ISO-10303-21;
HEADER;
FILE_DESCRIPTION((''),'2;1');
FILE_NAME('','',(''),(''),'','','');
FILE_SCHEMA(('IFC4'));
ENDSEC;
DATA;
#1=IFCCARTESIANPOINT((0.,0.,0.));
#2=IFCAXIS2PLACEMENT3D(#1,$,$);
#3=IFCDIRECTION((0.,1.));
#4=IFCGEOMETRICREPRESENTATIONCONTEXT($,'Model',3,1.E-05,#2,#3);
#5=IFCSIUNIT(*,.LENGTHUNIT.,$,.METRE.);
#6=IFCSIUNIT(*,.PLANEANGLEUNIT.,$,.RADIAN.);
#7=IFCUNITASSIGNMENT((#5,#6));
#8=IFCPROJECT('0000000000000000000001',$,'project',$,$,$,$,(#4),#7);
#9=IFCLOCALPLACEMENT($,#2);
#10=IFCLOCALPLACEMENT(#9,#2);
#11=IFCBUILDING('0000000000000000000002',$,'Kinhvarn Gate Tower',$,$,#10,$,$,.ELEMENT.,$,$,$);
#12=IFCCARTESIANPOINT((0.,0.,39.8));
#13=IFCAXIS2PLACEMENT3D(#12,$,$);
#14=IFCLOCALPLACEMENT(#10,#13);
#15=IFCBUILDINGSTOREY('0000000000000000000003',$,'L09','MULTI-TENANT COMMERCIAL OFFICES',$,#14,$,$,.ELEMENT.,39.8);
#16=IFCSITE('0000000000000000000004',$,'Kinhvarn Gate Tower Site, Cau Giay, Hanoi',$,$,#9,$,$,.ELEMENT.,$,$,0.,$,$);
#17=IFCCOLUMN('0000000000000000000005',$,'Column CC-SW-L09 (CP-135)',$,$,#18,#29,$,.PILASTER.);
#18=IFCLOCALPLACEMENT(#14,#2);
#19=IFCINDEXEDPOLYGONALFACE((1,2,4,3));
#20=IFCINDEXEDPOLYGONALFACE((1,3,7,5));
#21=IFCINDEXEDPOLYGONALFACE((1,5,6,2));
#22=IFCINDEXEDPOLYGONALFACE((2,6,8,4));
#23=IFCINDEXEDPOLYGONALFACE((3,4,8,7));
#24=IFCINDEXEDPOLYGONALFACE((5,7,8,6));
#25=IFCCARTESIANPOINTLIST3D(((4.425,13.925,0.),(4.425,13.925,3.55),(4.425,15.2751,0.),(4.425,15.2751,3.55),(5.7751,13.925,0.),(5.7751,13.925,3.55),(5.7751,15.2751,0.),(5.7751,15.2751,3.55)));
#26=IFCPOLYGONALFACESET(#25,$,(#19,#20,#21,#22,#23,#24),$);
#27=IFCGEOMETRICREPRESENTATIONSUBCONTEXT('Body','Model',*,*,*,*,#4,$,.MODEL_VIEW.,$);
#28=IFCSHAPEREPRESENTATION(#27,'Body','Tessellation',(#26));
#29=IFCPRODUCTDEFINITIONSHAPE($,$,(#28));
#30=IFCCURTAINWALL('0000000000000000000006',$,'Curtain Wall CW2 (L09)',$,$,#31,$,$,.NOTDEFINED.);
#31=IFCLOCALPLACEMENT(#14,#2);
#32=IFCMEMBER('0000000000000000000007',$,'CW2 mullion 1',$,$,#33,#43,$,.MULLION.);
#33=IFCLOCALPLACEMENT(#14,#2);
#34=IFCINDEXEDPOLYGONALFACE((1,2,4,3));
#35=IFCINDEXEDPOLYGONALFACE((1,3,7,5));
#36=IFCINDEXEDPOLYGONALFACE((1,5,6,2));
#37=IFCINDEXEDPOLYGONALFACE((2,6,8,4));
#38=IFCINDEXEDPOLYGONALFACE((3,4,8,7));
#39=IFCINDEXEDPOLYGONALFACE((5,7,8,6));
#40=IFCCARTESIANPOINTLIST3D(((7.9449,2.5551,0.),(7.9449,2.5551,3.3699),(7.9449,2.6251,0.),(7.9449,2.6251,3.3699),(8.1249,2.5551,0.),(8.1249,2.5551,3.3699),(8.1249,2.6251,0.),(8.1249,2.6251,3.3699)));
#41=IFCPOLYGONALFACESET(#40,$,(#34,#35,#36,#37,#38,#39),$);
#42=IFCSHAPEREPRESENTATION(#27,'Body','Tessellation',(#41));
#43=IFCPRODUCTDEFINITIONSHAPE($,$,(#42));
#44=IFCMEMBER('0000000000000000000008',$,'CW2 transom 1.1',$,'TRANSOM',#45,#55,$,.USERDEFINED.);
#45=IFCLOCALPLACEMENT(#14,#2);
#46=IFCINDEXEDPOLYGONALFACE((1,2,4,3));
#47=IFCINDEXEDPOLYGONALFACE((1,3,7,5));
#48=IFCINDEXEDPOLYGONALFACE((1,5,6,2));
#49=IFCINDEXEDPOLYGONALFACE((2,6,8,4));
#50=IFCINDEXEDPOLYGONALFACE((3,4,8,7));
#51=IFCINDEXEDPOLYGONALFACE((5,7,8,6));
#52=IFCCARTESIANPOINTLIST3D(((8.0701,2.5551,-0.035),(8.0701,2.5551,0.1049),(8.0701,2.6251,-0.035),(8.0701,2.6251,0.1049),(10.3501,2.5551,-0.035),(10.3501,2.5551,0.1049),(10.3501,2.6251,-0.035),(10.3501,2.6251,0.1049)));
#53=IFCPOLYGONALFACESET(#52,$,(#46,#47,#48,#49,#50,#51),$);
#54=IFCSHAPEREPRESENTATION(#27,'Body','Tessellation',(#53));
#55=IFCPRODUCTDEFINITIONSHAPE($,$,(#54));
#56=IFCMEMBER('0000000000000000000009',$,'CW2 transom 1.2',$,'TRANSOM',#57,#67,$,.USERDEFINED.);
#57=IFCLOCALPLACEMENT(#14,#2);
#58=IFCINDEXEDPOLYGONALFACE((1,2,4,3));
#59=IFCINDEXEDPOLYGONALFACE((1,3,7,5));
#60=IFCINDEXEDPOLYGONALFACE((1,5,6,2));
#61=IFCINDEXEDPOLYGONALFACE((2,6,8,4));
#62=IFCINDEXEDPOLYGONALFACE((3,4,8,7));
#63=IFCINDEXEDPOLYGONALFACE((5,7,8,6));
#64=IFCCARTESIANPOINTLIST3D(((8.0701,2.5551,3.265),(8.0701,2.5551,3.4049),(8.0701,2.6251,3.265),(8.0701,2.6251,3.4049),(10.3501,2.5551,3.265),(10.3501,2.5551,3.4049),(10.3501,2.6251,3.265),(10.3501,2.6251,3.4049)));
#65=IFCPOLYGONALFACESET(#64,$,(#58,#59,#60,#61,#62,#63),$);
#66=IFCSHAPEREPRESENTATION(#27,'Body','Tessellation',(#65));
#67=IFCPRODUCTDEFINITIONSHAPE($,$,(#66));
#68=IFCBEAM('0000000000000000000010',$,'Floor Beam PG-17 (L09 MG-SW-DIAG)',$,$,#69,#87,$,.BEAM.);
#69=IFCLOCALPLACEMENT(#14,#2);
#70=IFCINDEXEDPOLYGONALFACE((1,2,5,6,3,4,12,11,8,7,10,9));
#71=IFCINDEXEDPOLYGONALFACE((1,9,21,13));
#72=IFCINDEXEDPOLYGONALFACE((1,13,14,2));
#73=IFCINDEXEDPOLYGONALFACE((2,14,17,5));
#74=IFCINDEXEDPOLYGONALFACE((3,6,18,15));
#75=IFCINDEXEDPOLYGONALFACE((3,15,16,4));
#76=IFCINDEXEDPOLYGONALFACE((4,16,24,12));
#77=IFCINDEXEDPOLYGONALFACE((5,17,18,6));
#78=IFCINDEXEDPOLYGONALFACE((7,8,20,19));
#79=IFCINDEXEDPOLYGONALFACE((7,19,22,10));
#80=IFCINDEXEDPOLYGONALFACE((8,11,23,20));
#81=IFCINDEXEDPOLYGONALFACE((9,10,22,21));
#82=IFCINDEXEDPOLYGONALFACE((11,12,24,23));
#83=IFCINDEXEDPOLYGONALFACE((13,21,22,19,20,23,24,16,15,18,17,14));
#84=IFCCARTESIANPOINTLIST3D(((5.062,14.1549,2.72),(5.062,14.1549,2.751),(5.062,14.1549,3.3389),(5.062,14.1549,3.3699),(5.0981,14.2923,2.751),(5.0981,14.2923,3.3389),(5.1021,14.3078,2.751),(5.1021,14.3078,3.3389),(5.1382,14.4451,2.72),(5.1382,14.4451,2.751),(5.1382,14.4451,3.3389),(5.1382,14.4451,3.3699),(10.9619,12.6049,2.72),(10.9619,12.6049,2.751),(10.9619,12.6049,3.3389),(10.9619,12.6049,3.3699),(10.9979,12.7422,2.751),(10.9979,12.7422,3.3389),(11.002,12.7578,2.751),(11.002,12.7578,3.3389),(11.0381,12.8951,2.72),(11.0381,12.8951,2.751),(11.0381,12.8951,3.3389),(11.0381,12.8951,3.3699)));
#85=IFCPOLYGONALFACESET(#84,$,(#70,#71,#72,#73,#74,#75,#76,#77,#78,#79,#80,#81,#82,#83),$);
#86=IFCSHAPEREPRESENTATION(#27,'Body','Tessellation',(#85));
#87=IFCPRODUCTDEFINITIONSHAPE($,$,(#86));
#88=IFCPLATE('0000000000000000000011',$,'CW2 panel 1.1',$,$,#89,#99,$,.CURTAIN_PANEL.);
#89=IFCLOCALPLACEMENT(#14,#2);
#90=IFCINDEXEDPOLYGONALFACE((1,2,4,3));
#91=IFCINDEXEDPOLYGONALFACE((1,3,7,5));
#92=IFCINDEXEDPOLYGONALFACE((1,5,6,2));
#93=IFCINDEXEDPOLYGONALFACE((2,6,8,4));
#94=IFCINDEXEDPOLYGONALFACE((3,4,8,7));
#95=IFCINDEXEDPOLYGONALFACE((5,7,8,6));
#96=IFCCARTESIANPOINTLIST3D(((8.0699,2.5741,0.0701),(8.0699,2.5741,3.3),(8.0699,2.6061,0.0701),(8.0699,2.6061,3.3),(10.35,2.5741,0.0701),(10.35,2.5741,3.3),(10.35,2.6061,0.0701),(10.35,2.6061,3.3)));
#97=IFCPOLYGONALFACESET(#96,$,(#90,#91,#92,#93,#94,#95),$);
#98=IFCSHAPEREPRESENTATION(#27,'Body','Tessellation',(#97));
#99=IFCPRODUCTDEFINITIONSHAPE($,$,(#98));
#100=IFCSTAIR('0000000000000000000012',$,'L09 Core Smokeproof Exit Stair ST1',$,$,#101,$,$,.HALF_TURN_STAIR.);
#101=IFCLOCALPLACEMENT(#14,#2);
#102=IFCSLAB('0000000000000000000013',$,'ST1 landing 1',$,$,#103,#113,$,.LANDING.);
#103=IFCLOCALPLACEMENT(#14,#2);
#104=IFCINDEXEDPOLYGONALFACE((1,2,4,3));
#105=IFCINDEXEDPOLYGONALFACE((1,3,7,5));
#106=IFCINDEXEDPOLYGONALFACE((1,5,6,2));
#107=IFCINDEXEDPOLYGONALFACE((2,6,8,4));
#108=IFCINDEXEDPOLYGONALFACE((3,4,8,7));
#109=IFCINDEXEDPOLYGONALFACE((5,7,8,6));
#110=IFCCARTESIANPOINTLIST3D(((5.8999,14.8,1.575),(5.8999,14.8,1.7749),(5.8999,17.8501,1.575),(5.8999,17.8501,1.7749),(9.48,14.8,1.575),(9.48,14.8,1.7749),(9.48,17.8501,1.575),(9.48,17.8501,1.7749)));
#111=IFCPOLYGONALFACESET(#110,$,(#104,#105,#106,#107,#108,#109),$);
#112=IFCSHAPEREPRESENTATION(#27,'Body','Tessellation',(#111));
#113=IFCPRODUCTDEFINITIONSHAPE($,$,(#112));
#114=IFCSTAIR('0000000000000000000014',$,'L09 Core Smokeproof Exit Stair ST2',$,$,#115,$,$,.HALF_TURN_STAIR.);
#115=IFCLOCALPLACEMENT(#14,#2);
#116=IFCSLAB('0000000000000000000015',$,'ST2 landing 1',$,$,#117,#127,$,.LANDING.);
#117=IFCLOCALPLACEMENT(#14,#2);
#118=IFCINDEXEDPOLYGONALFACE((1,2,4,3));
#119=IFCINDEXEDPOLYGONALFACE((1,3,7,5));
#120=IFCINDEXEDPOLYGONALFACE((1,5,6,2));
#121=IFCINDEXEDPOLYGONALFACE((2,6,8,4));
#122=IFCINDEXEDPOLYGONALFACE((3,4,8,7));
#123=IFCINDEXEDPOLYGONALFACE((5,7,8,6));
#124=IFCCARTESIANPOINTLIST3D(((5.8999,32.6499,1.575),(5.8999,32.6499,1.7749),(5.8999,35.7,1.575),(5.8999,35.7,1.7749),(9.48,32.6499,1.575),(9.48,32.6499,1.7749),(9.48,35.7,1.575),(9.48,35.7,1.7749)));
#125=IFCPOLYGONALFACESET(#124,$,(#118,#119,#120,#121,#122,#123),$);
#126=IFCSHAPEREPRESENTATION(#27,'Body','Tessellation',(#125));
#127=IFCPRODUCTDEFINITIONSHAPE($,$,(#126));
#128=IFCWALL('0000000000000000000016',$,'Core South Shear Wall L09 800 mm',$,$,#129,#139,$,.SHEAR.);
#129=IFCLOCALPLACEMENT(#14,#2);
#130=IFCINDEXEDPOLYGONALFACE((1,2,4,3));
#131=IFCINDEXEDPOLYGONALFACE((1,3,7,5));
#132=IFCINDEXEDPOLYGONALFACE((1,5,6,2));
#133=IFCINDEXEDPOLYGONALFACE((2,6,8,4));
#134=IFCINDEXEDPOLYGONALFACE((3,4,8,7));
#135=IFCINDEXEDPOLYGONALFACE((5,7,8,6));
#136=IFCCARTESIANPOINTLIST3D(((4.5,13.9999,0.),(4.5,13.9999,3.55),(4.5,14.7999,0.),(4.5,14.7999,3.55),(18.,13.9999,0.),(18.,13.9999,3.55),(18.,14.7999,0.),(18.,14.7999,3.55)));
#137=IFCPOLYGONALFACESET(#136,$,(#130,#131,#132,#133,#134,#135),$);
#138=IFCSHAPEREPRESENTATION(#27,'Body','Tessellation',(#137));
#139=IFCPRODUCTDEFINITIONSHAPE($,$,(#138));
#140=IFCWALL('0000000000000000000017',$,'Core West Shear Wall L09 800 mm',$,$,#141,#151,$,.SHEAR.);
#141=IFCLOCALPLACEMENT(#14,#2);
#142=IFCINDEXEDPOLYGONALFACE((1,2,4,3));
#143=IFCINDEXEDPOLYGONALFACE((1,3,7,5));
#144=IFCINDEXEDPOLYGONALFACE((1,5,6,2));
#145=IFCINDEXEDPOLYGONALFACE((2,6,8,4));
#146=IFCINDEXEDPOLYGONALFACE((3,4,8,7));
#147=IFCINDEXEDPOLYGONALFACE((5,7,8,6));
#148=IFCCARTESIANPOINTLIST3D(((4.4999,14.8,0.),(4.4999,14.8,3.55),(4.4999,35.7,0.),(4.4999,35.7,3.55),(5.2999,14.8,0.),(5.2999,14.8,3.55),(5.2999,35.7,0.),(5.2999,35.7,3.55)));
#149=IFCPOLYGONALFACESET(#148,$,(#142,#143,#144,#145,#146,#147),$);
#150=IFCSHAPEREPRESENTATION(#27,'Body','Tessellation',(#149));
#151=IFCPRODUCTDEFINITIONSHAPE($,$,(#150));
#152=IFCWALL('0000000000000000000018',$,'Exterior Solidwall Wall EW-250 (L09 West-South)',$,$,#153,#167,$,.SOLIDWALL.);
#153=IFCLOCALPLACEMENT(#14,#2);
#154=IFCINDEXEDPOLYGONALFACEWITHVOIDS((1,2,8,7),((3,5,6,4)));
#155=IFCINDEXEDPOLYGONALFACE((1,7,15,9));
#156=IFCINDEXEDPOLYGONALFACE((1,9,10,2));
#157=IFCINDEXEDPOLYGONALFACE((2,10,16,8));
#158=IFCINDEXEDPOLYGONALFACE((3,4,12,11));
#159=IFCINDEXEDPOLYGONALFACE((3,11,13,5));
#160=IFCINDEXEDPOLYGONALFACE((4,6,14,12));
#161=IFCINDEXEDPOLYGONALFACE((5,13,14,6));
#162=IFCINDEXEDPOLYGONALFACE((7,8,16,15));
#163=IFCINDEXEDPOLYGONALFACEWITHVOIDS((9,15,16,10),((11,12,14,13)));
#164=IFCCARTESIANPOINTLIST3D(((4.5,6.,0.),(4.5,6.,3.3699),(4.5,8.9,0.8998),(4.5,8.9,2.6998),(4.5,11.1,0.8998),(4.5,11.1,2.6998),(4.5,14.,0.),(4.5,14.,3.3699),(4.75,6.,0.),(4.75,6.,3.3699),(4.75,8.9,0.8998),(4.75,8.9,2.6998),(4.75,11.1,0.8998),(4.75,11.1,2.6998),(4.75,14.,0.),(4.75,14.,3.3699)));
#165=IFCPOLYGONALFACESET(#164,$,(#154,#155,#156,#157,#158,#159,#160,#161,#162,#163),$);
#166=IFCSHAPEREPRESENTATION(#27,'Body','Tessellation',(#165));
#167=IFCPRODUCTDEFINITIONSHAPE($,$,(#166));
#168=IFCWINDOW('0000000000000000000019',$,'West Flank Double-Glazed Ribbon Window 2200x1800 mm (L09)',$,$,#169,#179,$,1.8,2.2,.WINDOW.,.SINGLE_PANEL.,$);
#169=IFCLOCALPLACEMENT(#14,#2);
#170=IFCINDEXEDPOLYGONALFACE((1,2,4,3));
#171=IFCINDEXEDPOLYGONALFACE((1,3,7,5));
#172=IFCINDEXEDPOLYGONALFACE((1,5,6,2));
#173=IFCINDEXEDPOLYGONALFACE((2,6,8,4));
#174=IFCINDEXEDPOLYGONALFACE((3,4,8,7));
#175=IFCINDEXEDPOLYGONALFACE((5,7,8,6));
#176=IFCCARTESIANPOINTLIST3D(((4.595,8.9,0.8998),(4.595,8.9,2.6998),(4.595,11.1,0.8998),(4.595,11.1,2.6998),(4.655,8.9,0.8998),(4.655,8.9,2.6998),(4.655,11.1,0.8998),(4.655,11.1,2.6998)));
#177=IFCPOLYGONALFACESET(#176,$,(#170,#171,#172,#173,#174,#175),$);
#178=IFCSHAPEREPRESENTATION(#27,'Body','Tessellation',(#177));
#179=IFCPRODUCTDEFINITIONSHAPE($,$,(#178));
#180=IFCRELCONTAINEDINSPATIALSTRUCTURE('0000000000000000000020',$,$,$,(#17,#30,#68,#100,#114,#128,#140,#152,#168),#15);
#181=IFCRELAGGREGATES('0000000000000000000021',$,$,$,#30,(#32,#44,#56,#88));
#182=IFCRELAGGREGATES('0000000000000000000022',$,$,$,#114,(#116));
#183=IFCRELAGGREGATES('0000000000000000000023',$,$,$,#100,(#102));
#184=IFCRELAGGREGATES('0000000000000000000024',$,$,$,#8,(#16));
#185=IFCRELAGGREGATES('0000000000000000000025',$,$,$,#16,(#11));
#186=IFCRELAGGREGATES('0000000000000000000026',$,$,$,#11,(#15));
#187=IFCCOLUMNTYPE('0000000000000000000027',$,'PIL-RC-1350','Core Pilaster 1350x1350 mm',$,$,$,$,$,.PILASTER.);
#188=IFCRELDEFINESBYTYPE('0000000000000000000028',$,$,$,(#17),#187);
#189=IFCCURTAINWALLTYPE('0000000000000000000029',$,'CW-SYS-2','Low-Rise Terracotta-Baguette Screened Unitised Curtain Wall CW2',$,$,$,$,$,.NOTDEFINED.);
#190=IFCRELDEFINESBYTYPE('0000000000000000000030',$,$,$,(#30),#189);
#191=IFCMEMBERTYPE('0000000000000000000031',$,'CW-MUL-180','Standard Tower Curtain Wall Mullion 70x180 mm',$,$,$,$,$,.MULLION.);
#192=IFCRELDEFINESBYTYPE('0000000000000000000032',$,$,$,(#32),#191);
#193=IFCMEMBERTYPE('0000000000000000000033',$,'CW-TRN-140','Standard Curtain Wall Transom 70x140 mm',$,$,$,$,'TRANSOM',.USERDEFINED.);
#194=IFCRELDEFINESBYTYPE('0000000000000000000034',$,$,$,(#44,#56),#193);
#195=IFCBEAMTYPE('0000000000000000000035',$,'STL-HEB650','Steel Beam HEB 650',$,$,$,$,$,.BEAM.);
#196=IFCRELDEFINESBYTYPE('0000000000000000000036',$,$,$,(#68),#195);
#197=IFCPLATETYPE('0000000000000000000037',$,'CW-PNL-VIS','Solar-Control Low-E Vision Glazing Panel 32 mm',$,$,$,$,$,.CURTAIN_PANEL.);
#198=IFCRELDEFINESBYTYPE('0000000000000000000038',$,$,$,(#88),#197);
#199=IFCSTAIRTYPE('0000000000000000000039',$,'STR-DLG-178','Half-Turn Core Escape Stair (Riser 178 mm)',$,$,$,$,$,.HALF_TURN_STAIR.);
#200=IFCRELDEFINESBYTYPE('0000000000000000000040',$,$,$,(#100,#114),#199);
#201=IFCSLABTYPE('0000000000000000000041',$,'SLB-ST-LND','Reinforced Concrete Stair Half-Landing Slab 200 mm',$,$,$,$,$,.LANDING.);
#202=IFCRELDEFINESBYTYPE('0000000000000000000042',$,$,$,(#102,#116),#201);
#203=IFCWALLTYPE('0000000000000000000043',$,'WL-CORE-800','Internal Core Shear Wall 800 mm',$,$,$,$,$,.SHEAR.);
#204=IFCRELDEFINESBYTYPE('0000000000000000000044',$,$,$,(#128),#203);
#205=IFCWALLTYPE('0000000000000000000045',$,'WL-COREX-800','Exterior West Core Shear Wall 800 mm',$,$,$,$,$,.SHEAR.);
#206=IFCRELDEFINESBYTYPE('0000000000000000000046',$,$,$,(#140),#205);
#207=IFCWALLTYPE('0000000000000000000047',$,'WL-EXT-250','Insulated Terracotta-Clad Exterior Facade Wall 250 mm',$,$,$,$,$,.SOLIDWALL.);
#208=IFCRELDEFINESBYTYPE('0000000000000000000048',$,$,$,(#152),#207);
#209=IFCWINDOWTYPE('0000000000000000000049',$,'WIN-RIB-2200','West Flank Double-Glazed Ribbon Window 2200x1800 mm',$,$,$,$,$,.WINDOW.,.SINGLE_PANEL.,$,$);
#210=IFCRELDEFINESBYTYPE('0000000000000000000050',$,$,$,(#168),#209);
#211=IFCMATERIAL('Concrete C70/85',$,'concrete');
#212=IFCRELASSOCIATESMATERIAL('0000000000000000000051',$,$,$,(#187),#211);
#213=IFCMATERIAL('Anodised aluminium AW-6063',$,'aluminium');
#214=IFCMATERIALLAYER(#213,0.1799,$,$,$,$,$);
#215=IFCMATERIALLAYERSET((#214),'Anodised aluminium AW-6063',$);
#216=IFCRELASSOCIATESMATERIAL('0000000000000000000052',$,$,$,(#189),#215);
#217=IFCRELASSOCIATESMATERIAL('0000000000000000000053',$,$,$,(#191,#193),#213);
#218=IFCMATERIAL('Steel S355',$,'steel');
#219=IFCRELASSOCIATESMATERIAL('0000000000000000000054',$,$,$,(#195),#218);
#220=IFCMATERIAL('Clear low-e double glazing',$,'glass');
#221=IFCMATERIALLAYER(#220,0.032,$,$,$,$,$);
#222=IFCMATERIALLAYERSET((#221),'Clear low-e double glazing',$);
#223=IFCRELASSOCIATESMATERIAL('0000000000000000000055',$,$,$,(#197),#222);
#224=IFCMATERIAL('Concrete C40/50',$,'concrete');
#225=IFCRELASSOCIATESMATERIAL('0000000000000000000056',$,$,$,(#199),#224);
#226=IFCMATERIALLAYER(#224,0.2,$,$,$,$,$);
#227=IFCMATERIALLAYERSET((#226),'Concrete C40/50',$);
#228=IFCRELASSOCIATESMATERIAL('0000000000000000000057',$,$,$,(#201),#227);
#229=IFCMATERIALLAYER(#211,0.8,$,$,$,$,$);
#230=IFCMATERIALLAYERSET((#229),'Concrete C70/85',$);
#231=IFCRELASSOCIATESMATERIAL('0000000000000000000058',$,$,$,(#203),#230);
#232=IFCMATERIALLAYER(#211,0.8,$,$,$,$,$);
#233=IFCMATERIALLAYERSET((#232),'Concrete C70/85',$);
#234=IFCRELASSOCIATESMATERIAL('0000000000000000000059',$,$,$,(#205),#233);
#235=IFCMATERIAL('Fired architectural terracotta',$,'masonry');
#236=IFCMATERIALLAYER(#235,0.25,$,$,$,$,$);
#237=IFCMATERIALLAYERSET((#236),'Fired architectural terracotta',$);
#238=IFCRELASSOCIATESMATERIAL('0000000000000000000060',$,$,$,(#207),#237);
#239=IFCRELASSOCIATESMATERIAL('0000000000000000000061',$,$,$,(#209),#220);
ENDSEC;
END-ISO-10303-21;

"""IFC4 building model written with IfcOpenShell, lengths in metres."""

from ifc_helpers import new_model, si_unit, direction, frame, frame_2d, origin, origin_2d, place, context, subcontext, project, spatial, polyline, rectangle, i_section, outline, extrude, material, layer, layer_set, material_profile, profile_set, type_object, element, fill, aggregate, save


model = new_model("IFC4")

# Units and contexts
model_context = context("Model", 3, precision=1e-05, world=origin(), true_north=direction((0.0, 1.0)))
body_context = subcontext(model_context, "Body", "Model", "MODEL_VIEW")
ifc_project = project(units=[si_unit("LENGTHUNIT", "METRE"), si_unit("PLANEANGLEUNIT", "RADIAN")], contexts=[model_context])

# Site, building, storey
site_placement = place(None, origin())
site = spatial("IfcSite", under=ifc_project, at=site_placement, Name="Kinhvarn Gate Tower Site, Cau Giay, Hanoi", CompositionType="ELEMENT", RefElevation=0.0)
building_placement = place(site_placement, origin())
building = spatial("IfcBuilding", under=site, at=building_placement, Name="Kinhvarn Gate Tower", CompositionType="ELEMENT")
storey_placement = place(building_placement, frame((0.0, 0.0, 39.8)))
storey = spatial("IfcBuildingStorey", under=building, at=storey_placement, Name="L09", Description="MULTI-TENANT COMMERCIAL OFFICES", CompositionType="ELEMENT", Elevation=39.8)

# Column
ifc_material_1 = material(Name="Concrete C70/85", Category="concrete")
ifc_material_profile_1 = material_profile(ifc_material_1, rectangle(XDim=1.3501, YDim=1.3501, at=origin_2d()), Name="RC 1350x1350")
ifc_profile_set_1 = profile_set([ifc_material_profile_1], Name="Concrete C70/85")
column_type = type_object("IfcColumnType", Name="PIL-RC-1350", Description="Core Pilaster 1350x1350 mm", PredefinedType="PILASTER", material=ifc_profile_set_1)
column_placement = place(storey_placement, frame((5.1001, 14.6001, 0.0), z_axis=(0.0, 0.0, 1.0), x_axis=(1.0, 0.0, 0.0)))
element("IfcColumn", 1, at=column_placement, inside=storey, type_object=column_type, Name="Column CC-SW-L09 (CP-135)", PredefinedType="PILASTER", context=body_context, shape_type="SweptSolid", body=[
    extrude(rectangle(XDim=1.3501, YDim=1.3501, at=origin_2d()), origin(), (0.0, 0.0, 1.0), 3.55),
])

# Curtain wall, members
ifc_material_2 = material(Name="Anodised aluminium AW-6063", Category="aluminium")
ifc_layer_1 = layer(ifc_material_2, 0.1799)
ifc_layer_set_1 = layer_set([ifc_layer_1], Name="Anodised aluminium AW-6063")
curtain_wall_type = type_object("IfcCurtainWallType", Name="CW-SYS-2", Description="Low-Rise Terracotta-Baguette Screened Unitised Curtain Wall CW2", PredefinedType="NOTDEFINED", material=ifc_layer_set_1)
curtain_wall_placement = place(storey_placement, origin())
curtain_wall = element("IfcCurtainWall", 2, at=curtain_wall_placement, inside=storey, type_object=curtain_wall_type, Name="Curtain Wall CW2 (L09)", PredefinedType="NOTDEFINED")
ifc_material_profile_2 = material_profile(ifc_material_2, rectangle(XDim=0.0701, YDim=0.1799, at=origin_2d()), Name="ALU 70x180")
ifc_profile_set_2 = profile_set([ifc_material_profile_2], Name="Anodised aluminium AW-6063")
member_type_1 = type_object("IfcMemberType", Name="CW-MUL-180", Description="Standard Tower Curtain Wall Mullion 70x180 mm", PredefinedType="MULLION", material=ifc_profile_set_2)
member_1_placement = place(storey_placement, frame((8.0349, 2.5901, 0.0), z_axis=(0.0, 0.0, 1.0), x_axis=(0.0, 1.0, 0.0)))
member_1 = element("IfcMember", 3, at=member_1_placement, type_object=member_type_1, Name="CW2 mullion 1", PredefinedType="MULLION", context=body_context, shape_type="SweptSolid", body=[
    extrude(rectangle(XDim=0.0701, YDim=0.1799, at=origin_2d()), origin(), (0.0, 0.0, 1.0), 3.3699),
])
ifc_material_profile_3 = material_profile(ifc_material_2, rectangle(XDim=0.0701, YDim=0.1399, at=origin_2d()), Name="ALU 70x140")
ifc_profile_set_3 = profile_set([ifc_material_profile_3], Name="Anodised aluminium AW-6063")
member_type_2 = type_object("IfcMemberType", Name="CW-TRN-140", Description="Standard Curtain Wall Transom 70x140 mm", ElementType="TRANSOM", PredefinedType="USERDEFINED", material=ifc_profile_set_3)
member_2_placement = place(storey_placement, frame((8.0701, 2.5901, 0.0349), z_axis=(1.0, 0.0, 0.0), x_axis=(0.0, 1.0, 0.0)))
member_2 = element("IfcMember", 4, at=member_2_placement, type_object=member_type_2, Name="CW2 transom 1.1", ObjectType="TRANSOM", PredefinedType="USERDEFINED", context=body_context, shape_type="SweptSolid", body=[
    extrude(rectangle(XDim=0.0701, YDim=0.1399, at=origin_2d()), origin(), (0.0, 0.0, 1.0), 2.28),
])
member_3_placement = place(storey_placement, frame((8.0701, 2.5901, 3.335), z_axis=(1.0, 0.0, 0.0), x_axis=(0.0, 1.0, 0.0)))
member_3 = element("IfcMember", 5, at=member_3_placement, type_object=member_type_2, Name="CW2 transom 1.2", ObjectType="TRANSOM", PredefinedType="USERDEFINED", context=body_context, shape_type="SweptSolid", body=[
    extrude(rectangle(XDim=0.0701, YDim=0.1399, at=origin_2d()), origin(), (0.0, 0.0, 1.0), 2.28),
])

# Beam
ifc_material_3 = material(Name="Steel S355", Category="steel")
ifc_material_profile_4 = material_profile(ifc_material_3, i_section(OverallWidth=0.3, OverallDepth=0.6499, WebThickness=0.0161, FlangeThickness=0.031, at=origin_2d()), Name="HEB 650")
ifc_profile_set_4 = profile_set([ifc_material_profile_4], Name="Steel S355")
beam_type = type_object("IfcBeamType", Name="STL-HEB650", Description="Steel Beam HEB 650", PredefinedType="BEAM", material=ifc_profile_set_4)
beam_placement = place(storey_placement, frame((5.1001, 14.3, 3.0449), z_axis=(0.967178, -0.254101, 0.0), x_axis=(0.254101, 0.967178, 0.0)))
element("IfcBeam", 6, at=beam_placement, inside=storey, type_object=beam_type, Name="Floor Beam PG-17 (L09 MG-SW-DIAG)", PredefinedType="BEAM", context=body_context, shape_type="SweptSolid", body=[
    extrude(i_section(OverallWidth=0.3, OverallDepth=0.6499, WebThickness=0.0161, FlangeThickness=0.031, at=origin_2d()), origin(), (0.0, 0.0, 1.0), 6.1001),
])

# Plate
ifc_material_4 = material(Name="Clear low-e double glazing", Category="glass")
ifc_layer_2 = layer(ifc_material_4, 0.032)
ifc_layer_set_2 = layer_set([ifc_layer_2], Name="Clear low-e double glazing")
plate_type = type_object("IfcPlateType", Name="CW-PNL-VIS", Description="Solar-Control Low-E Vision Glazing Panel 32 mm", PredefinedType="CURTAIN_PANEL", material=ifc_layer_set_2)
plate_placement = place(storey_placement, frame((9.21, 2.5901, 0.0701), z_axis=(0.0, 0.0, 1.0), x_axis=(1.0, 0.0, 0.0)))
plate = element("IfcPlate", 7, at=plate_placement, type_object=plate_type, Name="CW2 panel 1.1", PredefinedType="CURTAIN_PANEL", context=body_context, shape_type="SweptSolid", body=[
    extrude(rectangle(XDim=2.28, YDim=0.032, at=origin_2d()), origin(), (0.0, 0.0, 1.0), 3.23),
])
aggregate(curtain_wall, [member_1, member_2, member_3, plate])

# Stairs, slabs
ifc_material_5 = material(Name="Concrete C40/50", Category="concrete")
stair_type = type_object("IfcStairType", Name="STR-DLG-178", Description="Half-Turn Core Escape Stair (Riser 178 mm)", PredefinedType="HALF_TURN_STAIR", material=ifc_material_5)
stair_1_placement = place(storey_placement, origin())
stair_1 = element("IfcStair", 8, at=stair_1_placement, inside=storey, type_object=stair_type, Name="L09 Core Smokeproof Exit Stair ST1", PredefinedType="HALF_TURN_STAIR")
ifc_layer_3 = layer(ifc_material_5, 0.2)
ifc_layer_set_3 = layer_set([ifc_layer_3], Name="Concrete C40/50")
slab_type = type_object("IfcSlabType", Name="SLB-ST-LND", Description="Reinforced Concrete Stair Half-Landing Slab 200 mm", PredefinedType="LANDING", material=ifc_layer_set_3)
slab_1_placement = place(storey_placement, frame((0.0, 0.0, 1.575)))
slab_1 = element("IfcSlab", 9, at=slab_1_placement, type_object=slab_type, Name="ST1 landing 1", PredefinedType="LANDING", context=body_context, shape_type="SweptSolid", body=[
    extrude(outline(polyline([(9.48, 17.8501), (5.8999, 17.8501), (5.8999, 14.8), (9.48, 14.8), (9.48, 17.8501)])), origin(), (0.0, 0.0, 1.0), 0.2),
])
stair_2_placement = place(storey_placement, origin())
stair_2 = element("IfcStair", 10, at=stair_2_placement, inside=storey, type_object=stair_type, Name="L09 Core Smokeproof Exit Stair ST2", PredefinedType="HALF_TURN_STAIR")
slab_2_placement = place(storey_placement, frame((0.0, 0.0, 1.575)))
slab_2 = element("IfcSlab", 11, at=slab_2_placement, type_object=slab_type, Name="ST2 landing 1", PredefinedType="LANDING", context=body_context, shape_type="SweptSolid", body=[
    extrude(outline(polyline([(9.48, 35.7), (5.8999, 35.7), (5.8999, 32.6499), (9.48, 32.6499), (9.48, 35.7)])), origin(), (0.0, 0.0, 1.0), 0.2),
])
aggregate(stair_2, [slab_2])

# Walls
ifc_layer_4 = layer(ifc_material_1, 0.8)
ifc_layer_set_4 = layer_set([ifc_layer_4], Name="Concrete C70/85")
wall_type_1 = type_object("IfcWallType", Name="WL-CORE-800", Description="Internal Core Shear Wall 800 mm", PredefinedType="SHEAR", material=ifc_layer_set_4)
wall_1_placement = place(storey_placement, frame((4.5, 14.3999, 0.0), z_axis=(0.0, 0.0, 1.0), x_axis=(1.0, 0.0, 0.0)))
element("IfcWall", 12, at=wall_1_placement, inside=storey, type_object=wall_type_1, Name="Core South Shear Wall L09 800 mm", PredefinedType="SHEAR", context=body_context, shape_type="SweptSolid", body=[
    extrude(rectangle(XDim=13.5, YDim=0.8, at=frame_2d((6.75, 0.0))), origin(), (0.0, 0.0, 1.0), 3.55),
])
ifc_layer_5 = layer(ifc_material_1, 0.8)
ifc_layer_set_5 = layer_set([ifc_layer_5], Name="Concrete C70/85")
wall_type_2 = type_object("IfcWallType", Name="WL-COREX-800", Description="Exterior West Core Shear Wall 800 mm", PredefinedType="SHEAR", material=ifc_layer_set_5)
wall_2_placement = place(storey_placement, frame((4.8999, 14.8, 0.0), z_axis=(0.0, 0.0, 1.0), x_axis=(0.0, 1.0, 0.0)))
element("IfcWall", 13, at=wall_2_placement, inside=storey, type_object=wall_type_2, Name="Core West Shear Wall L09 800 mm", PredefinedType="SHEAR", context=body_context, shape_type="SweptSolid", body=[
    extrude(rectangle(XDim=20.8999, YDim=0.8, at=frame_2d((10.45, 0.0))), origin(), (0.0, 0.0, 1.0), 3.55),
])

# Wall, opening, window
ifc_material_6 = material(Name="Fired architectural terracotta", Category="masonry")
ifc_layer_6 = layer(ifc_material_6, 0.25)
ifc_layer_set_6 = layer_set([ifc_layer_6], Name="Fired architectural terracotta")
wall_type_3 = type_object("IfcWallType", Name="WL-EXT-250", Description="Insulated Terracotta-Clad Exterior Facade Wall 250 mm", PredefinedType="SOLIDWALL", material=ifc_layer_set_6)
wall_3_placement = place(storey_placement, frame((4.625, 14.0, 0.0), z_axis=(0.0, 0.0, 1.0), x_axis=(0.0, -1.0, 0.0)))
wall_3 = element("IfcWall", 14, at=wall_3_placement, inside=storey, type_object=wall_type_3, Name="Exterior Solidwall Wall EW-250 (L09 West-South)", PredefinedType="SOLIDWALL", context=body_context, shape_type="SweptSolid", body=[
    extrude(rectangle(XDim=8.0, YDim=0.25, at=frame_2d((4.0, 0.0))), origin(), (0.0, 0.0, 1.0), 3.3699),
])
opening_1_placement = place(wall_3_placement, frame((2.8999, 0.0, 0.8999)))
opening_1 = element("IfcOpeningElement", 15, at=opening_1_placement, cuts=wall_3, PredefinedType="OPENING", context=body_context, shape_type="SweptSolid", body=[
    extrude(rectangle(XDim=2.2, YDim=1.8, at=frame_2d((1.1001, 0.8999))), frame((0.0, 0.135, 0.0), z_axis=(0.0, -1.0, 0.0), x_axis=(1.0, 0.0, 0.0)), (0.0, 0.0, 1.0), 0.27),
])
window_type_1 = type_object("IfcWindowType", Name="WIN-RIB-2200", Description="West Flank Double-Glazed Ribbon Window 2200x1800 mm", PartitioningType="SINGLE_PANEL", PredefinedType="WINDOW", material=ifc_material_4)
window_1_placement = place(opening_1_placement, origin())
window_1 = element("IfcWindow", 16, at=window_1_placement, inside=storey, type_object=window_type_1, Name="West Flank Double-Glazed Ribbon Window 2200x1800 mm (L09)", OverallHeight=1.8, OverallWidth=2.2, PartitioningType="SINGLE_PANEL", PredefinedType="WINDOW", context=body_context, shape_type="SweptSolid", body=[
    extrude(rectangle(XDim=2.2, YDim=1.8, at=frame_2d((1.1001, 0.8999))), frame((0.0, 0.03, 0.0), z_axis=(0.0, -1.0, 0.0), x_axis=(1.0, 0.0, 0.0)), (0.0, 0.0, 1.0), 0.0601),
])
fill(opening_1, window_1)

aggregate(stair_1, [slab_1])

save(model, "model.ifc")
